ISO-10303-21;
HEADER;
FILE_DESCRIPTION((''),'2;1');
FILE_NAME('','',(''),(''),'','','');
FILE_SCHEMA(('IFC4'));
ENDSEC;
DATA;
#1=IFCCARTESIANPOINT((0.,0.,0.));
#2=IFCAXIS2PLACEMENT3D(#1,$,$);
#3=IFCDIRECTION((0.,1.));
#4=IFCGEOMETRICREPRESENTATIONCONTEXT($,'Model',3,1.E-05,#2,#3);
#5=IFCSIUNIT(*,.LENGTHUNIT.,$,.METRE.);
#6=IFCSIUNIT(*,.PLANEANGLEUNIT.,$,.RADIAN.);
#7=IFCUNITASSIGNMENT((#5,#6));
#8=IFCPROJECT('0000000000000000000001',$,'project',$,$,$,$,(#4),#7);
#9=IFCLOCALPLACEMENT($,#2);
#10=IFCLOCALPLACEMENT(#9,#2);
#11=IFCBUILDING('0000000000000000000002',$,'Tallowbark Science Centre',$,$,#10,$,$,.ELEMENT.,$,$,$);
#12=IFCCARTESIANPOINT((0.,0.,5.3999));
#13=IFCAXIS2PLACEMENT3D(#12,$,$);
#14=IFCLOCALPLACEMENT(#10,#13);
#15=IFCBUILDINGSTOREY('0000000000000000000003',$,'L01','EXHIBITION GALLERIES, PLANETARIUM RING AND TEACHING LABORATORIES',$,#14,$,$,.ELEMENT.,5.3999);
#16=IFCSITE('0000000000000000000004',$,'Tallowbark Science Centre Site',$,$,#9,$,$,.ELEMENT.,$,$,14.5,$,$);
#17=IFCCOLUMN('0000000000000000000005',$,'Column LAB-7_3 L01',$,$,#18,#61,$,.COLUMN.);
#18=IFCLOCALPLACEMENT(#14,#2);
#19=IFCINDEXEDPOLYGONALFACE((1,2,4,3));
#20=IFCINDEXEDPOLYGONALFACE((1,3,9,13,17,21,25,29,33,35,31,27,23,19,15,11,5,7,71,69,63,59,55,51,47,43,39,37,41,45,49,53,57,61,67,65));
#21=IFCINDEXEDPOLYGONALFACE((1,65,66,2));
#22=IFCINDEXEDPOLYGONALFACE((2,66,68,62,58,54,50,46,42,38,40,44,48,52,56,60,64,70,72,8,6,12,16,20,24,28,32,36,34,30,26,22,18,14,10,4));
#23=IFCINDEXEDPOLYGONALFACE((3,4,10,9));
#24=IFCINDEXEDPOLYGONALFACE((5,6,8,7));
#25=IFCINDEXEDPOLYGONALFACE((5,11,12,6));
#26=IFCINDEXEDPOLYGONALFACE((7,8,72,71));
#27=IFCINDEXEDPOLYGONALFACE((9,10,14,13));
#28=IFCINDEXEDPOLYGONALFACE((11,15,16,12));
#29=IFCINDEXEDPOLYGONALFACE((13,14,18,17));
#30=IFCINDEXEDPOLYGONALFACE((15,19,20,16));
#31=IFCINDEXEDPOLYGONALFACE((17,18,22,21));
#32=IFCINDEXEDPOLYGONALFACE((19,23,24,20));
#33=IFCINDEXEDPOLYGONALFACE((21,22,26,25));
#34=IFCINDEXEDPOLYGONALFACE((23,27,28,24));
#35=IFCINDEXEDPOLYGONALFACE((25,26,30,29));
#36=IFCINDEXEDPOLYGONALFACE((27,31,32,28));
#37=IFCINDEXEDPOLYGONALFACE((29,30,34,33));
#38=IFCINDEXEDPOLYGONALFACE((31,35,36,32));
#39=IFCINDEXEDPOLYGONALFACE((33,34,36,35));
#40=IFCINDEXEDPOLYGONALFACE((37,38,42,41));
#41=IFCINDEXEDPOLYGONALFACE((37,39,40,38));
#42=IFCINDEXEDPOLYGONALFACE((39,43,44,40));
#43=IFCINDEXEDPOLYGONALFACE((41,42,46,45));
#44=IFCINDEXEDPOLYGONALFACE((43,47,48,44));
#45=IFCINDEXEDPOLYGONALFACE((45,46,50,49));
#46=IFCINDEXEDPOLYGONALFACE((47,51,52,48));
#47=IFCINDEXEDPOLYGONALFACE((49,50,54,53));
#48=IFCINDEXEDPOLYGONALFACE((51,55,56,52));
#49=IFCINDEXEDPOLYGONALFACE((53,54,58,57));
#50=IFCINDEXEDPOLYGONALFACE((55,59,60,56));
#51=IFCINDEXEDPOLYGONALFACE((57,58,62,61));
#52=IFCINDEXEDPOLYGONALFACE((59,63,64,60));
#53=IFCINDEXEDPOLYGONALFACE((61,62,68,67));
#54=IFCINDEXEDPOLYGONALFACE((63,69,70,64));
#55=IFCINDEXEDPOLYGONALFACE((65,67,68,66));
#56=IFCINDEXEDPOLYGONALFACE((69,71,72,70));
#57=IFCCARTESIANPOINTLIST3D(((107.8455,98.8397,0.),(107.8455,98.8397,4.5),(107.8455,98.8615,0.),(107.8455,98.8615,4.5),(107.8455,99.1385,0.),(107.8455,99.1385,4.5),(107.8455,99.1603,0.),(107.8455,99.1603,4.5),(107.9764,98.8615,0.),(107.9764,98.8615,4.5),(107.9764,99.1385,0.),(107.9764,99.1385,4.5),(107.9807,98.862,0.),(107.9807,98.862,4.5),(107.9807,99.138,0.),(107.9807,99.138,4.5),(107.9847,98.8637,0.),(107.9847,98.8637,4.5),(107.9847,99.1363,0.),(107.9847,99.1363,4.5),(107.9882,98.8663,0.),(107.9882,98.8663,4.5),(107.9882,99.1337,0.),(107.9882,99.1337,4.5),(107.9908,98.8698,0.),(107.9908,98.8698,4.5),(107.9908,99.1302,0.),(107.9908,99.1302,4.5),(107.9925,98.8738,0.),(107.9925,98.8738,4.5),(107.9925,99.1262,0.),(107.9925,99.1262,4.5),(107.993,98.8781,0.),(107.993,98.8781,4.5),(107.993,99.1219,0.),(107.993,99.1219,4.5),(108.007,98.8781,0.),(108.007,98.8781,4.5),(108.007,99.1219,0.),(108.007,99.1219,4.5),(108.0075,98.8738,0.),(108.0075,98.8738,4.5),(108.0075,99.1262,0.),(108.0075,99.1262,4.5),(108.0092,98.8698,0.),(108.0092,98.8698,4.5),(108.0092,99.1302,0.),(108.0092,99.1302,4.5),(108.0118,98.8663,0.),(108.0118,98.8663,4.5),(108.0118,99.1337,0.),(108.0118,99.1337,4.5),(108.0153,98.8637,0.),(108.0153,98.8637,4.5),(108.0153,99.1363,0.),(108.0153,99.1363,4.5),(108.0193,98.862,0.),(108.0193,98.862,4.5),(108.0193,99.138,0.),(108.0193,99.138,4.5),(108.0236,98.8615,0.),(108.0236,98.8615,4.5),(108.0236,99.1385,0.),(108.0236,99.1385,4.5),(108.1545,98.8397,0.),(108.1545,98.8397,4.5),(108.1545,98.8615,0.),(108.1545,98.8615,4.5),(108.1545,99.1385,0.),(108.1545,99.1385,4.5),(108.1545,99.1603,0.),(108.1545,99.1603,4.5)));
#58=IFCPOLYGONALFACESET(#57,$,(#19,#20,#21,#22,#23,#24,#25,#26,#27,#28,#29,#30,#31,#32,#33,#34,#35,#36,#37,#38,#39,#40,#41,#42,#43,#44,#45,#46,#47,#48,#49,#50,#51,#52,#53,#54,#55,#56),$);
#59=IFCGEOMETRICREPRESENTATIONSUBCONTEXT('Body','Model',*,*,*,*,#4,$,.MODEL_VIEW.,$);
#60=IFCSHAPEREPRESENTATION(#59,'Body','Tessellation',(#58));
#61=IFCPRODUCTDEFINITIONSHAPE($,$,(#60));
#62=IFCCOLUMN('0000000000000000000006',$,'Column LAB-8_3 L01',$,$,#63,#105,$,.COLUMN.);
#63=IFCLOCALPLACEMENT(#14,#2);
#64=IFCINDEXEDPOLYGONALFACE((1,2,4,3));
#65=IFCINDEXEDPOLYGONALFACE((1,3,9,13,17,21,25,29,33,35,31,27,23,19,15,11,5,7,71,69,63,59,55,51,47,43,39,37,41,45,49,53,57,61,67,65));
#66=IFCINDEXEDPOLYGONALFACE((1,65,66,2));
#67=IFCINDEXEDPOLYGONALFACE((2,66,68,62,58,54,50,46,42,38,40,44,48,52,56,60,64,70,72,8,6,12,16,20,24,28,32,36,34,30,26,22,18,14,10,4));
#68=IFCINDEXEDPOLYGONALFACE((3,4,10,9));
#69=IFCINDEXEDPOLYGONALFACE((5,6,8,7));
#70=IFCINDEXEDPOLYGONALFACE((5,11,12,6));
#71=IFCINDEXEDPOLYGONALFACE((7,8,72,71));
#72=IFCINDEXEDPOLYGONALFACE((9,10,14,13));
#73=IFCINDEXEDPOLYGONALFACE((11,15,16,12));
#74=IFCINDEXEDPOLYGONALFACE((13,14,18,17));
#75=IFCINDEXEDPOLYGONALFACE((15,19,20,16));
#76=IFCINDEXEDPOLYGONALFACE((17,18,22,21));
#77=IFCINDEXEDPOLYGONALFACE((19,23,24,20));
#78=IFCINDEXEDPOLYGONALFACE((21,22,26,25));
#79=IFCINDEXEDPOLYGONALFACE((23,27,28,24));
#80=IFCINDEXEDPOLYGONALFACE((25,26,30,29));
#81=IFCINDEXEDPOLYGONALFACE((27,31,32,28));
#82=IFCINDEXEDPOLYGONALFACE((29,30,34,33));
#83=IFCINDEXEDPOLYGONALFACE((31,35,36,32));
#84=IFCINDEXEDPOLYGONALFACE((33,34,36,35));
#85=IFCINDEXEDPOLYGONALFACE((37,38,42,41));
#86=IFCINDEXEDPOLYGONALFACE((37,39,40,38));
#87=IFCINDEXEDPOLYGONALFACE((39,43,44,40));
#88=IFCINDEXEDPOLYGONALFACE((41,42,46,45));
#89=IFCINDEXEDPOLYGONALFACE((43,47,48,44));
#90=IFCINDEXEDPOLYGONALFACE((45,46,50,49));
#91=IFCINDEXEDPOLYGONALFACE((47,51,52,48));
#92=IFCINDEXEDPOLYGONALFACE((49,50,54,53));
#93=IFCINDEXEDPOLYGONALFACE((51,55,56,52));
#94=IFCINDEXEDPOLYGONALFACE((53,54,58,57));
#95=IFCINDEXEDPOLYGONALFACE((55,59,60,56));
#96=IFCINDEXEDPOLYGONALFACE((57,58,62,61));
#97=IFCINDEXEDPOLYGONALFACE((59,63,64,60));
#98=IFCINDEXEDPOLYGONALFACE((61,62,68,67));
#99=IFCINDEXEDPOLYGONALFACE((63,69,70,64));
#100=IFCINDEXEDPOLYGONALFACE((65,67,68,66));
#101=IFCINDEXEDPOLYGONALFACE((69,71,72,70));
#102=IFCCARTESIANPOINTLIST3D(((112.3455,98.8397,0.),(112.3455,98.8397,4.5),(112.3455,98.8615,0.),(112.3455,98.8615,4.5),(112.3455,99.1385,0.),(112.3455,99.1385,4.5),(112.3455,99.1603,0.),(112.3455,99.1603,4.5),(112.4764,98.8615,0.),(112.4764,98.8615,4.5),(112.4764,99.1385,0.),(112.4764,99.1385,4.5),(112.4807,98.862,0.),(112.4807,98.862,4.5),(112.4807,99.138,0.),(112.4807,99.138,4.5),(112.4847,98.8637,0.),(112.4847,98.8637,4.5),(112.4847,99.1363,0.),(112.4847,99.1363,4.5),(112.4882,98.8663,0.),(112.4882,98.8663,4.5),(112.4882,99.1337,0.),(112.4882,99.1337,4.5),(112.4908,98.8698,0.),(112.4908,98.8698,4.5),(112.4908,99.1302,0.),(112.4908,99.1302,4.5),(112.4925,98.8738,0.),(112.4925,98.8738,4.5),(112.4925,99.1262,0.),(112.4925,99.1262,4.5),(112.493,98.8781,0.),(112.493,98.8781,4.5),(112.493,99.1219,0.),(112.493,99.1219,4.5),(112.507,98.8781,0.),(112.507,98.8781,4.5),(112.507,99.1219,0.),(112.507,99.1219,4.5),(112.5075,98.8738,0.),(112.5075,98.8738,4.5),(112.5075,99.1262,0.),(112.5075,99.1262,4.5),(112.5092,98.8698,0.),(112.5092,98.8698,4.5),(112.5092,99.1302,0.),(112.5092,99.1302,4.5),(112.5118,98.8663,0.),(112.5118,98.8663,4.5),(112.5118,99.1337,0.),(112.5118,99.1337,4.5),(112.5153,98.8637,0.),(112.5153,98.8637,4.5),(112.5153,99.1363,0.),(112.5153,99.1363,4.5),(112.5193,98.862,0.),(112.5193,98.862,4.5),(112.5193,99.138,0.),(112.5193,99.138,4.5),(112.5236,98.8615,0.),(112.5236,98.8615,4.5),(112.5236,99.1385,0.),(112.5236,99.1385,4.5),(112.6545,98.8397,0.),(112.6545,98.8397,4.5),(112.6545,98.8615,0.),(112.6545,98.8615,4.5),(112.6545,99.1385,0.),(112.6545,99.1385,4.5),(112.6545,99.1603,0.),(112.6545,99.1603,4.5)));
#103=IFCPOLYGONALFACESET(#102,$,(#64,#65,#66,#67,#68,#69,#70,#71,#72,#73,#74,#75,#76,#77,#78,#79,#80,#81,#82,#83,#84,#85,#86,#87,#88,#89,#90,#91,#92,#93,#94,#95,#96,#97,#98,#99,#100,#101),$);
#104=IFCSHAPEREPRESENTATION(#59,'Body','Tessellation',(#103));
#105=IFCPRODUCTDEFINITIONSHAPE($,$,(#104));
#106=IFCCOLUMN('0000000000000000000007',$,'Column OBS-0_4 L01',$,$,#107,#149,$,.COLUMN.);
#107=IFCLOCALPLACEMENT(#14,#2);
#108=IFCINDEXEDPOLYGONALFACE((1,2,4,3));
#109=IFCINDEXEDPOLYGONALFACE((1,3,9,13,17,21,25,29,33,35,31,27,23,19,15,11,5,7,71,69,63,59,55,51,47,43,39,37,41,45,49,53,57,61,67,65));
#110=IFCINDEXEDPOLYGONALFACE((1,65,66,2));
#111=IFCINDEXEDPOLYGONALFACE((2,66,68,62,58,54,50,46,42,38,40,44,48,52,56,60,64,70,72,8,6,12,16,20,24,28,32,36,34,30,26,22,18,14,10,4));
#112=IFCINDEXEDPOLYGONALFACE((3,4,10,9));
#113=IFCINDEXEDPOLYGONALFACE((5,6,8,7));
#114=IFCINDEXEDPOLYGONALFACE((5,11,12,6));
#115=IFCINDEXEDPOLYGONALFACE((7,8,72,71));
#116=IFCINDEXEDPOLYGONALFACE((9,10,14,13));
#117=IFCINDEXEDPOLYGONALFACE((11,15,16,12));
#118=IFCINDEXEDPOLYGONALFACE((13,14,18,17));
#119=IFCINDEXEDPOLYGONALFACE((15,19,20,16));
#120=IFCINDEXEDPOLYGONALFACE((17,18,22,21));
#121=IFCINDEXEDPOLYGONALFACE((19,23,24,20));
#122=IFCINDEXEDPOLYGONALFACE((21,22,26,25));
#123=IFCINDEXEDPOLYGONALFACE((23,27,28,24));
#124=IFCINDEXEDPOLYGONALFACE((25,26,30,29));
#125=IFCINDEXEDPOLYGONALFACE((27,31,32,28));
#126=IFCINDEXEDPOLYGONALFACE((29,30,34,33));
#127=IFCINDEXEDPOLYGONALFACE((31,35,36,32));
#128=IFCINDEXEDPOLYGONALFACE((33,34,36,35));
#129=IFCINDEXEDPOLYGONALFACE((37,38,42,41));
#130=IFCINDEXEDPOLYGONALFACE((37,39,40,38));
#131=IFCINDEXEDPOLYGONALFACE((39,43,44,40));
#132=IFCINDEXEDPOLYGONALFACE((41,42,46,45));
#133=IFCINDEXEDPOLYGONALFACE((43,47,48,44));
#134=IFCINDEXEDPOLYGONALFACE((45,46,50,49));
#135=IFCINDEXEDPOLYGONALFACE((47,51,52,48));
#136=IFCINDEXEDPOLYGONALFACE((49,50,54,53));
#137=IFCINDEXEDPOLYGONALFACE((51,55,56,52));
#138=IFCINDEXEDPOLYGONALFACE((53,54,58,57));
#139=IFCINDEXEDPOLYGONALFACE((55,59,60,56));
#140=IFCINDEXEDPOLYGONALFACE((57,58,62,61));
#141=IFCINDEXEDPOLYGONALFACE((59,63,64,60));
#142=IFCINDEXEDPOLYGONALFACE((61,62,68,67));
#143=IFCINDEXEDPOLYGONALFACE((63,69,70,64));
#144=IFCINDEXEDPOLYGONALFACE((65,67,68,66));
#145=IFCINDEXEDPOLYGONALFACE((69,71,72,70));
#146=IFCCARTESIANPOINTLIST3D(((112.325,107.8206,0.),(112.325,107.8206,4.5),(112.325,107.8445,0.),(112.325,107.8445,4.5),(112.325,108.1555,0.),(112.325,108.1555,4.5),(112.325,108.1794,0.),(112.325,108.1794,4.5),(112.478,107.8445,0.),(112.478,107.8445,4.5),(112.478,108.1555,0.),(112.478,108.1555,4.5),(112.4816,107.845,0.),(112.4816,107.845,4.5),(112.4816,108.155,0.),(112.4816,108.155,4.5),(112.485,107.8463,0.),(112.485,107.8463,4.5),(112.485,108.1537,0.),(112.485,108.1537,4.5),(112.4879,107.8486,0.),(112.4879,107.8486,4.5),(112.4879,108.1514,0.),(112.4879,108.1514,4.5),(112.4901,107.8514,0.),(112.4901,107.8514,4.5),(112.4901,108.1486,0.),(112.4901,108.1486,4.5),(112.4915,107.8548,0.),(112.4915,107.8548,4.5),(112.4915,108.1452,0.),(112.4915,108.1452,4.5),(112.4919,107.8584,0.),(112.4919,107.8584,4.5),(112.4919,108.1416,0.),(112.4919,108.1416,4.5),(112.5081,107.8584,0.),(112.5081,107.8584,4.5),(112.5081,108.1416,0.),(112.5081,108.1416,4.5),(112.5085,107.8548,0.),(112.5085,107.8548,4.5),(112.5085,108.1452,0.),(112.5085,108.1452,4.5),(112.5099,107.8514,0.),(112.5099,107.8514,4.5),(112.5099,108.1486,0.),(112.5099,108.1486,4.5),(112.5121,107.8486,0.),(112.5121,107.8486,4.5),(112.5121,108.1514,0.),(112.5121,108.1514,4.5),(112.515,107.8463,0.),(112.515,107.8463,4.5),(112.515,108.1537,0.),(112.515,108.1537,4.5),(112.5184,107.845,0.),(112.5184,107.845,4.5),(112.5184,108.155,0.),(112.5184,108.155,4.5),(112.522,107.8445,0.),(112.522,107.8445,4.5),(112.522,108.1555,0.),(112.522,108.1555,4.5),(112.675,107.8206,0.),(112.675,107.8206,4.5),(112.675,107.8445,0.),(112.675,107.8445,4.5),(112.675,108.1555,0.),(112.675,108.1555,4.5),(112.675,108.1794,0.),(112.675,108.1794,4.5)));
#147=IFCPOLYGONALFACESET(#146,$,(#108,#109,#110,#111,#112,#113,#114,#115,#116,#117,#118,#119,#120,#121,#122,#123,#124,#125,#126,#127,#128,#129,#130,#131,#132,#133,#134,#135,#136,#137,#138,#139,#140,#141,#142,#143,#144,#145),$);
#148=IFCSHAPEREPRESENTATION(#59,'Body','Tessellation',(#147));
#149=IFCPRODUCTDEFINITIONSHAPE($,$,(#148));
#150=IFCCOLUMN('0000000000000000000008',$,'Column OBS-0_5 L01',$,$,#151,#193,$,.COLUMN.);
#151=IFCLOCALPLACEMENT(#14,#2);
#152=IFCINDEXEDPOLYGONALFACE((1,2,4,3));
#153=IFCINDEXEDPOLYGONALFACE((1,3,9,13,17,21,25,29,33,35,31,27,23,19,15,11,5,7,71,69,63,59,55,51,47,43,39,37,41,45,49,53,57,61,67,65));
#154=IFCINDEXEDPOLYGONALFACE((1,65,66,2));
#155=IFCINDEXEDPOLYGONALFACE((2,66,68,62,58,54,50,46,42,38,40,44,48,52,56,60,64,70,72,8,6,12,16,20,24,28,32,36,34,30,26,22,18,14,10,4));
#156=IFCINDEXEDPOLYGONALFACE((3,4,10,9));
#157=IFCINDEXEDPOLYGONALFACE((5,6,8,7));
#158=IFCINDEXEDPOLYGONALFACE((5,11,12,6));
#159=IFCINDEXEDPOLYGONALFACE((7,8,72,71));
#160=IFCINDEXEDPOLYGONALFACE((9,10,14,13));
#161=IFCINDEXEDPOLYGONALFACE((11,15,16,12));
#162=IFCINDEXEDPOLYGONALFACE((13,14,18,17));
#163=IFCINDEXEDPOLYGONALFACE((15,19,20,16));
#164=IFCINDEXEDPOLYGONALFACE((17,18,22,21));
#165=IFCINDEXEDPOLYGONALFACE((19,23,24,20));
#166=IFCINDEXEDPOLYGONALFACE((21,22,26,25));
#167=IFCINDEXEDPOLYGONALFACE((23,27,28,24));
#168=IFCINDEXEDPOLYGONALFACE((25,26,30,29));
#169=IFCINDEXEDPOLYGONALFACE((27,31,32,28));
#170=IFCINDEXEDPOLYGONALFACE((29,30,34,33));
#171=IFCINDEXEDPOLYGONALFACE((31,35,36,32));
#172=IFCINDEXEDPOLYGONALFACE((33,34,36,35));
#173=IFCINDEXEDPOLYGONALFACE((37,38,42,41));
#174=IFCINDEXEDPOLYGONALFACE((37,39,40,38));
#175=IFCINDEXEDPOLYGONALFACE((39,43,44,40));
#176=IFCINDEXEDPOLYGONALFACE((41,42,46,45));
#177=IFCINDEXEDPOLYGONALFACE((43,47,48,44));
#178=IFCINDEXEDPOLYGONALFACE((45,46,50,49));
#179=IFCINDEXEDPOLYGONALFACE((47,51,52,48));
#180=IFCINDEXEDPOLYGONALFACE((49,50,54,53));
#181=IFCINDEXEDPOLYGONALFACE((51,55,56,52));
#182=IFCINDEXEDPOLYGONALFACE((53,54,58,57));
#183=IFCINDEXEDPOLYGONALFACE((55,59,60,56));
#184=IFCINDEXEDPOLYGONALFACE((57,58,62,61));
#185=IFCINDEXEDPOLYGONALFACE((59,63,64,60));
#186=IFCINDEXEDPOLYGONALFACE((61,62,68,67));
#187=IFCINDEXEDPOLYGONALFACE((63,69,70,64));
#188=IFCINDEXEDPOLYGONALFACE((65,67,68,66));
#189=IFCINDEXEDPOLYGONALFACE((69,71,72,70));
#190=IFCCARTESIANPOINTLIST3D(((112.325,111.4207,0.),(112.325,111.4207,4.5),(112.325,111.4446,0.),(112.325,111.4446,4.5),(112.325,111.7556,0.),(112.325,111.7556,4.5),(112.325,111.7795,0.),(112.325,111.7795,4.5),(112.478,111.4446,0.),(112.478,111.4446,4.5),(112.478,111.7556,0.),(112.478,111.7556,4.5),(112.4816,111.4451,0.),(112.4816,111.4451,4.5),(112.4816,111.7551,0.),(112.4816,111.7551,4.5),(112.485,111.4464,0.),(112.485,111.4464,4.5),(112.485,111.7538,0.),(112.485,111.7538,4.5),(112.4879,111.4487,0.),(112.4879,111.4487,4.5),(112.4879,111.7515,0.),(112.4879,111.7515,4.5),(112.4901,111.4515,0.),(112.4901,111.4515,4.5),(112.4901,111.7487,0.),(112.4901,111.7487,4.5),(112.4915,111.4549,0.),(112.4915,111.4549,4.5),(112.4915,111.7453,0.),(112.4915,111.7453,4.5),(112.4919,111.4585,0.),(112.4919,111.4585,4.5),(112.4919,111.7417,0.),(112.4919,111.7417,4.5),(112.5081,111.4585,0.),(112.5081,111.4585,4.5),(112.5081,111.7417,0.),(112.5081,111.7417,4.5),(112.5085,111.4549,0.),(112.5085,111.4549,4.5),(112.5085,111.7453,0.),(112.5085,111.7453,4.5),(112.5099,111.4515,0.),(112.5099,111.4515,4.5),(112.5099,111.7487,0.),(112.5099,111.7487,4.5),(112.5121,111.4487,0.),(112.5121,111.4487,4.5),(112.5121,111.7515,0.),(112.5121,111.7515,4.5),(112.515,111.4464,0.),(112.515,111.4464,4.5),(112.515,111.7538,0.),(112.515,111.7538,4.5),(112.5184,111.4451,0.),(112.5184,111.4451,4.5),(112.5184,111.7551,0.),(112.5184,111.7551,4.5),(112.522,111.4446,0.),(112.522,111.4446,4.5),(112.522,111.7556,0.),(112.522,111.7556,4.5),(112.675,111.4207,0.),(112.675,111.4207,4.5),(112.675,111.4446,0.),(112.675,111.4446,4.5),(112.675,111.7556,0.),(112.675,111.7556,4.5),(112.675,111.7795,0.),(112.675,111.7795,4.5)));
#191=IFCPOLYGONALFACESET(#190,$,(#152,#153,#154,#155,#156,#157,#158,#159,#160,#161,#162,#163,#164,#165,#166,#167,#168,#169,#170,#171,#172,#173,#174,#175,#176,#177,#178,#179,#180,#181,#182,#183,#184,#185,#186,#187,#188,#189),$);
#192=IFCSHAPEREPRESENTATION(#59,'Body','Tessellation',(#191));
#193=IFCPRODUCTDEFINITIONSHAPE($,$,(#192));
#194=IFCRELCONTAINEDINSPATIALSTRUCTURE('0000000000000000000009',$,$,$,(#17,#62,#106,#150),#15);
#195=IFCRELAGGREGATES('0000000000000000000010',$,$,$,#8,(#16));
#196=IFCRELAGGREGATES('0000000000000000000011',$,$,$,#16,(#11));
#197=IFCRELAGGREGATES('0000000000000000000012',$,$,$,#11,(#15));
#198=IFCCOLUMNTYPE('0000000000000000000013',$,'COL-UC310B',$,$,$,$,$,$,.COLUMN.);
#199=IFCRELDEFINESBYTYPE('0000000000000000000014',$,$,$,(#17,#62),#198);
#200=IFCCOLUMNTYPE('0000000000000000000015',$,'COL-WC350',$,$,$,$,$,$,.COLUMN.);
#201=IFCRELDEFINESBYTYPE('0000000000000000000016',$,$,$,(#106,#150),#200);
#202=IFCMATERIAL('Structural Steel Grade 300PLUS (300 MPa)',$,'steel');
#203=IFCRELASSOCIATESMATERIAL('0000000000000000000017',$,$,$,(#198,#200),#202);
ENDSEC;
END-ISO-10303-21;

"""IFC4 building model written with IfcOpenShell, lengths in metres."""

from ifc_helpers import new_model, si_unit, direction, frame, origin, origin_2d, place, context, subcontext, project, spatial, i_section, extrude, material, material_profile, profile_set, type_object, element, save


model = new_model("IFC4")

# Units and contexts
model_context = context("Model", 3, precision=1e-05, world=origin(), true_north=direction((0.0, 1.0)))
body_context = subcontext(model_context, "Body", "Model", "MODEL_VIEW")
ifc_project = project(units=[si_unit("LENGTHUNIT", "METRE"), si_unit("PLANEANGLEUNIT", "RADIAN")], contexts=[model_context])

# Site, building, storey
site_placement = place(None, origin())
site = spatial("IfcSite", under=ifc_project, at=site_placement, Name="Tallowbark Science Centre Site", CompositionType="ELEMENT", RefElevation=14.5)
building_placement = place(site_placement, origin())
building = spatial("IfcBuilding", under=site, at=building_placement, Name="Tallowbark Science Centre", CompositionType="ELEMENT")
storey_placement = place(building_placement, frame((0.0, 0.0, 5.3999)))
storey = spatial("IfcBuildingStorey", under=building, at=storey_placement, Name="L01", Description="EXHIBITION GALLERIES, PLANETARIUM RING AND TEACHING LABORATORIES", CompositionType="ELEMENT", Elevation=5.3999)

# Columns
ifc_material_1 = material(Name="Structural Steel Grade 300PLUS (300 MPa)", Category="steel")
ifc_material_profile_1 = material_profile(ifc_material_1, i_section(OverallWidth=0.3091, OverallDepth=0.3206, WebThickness=0.0139, FlangeThickness=0.0217, FilletRadius=0.0166, at=origin_2d()), Name="310UC137")
ifc_profile_set_1 = profile_set([ifc_material_profile_1], Name="Structural Steel Grade 300PLUS (300 MPa)")
column_type_1 = type_object("IfcColumnType", Name="COL-UC310B", PredefinedType="COLUMN", material=ifc_profile_set_1)
for number, where, z_axis, x_axis, name in (
    (1, (108.0, 99.0, 0.0), (0.0, 0.0, 1.0), (1.0, 0.0, 0.0), "Column LAB-7_3 L01"),
    (2, (112.5, 99.0, 0.0), (0.0, 0.0, 1.0), (1.0, 0.0, 0.0), "Column LAB-8_3 L01"),
):
    element("IfcColumn", number, at=place(storey_placement, frame(where, z_axis=z_axis, x_axis=x_axis)), inside=storey, type_object=column_type_1, Name=name, PredefinedType="COLUMN", context=body_context, shape_type="SweptSolid", body=[
        extrude(i_section(OverallWidth=0.3091, OverallDepth=0.3206, WebThickness=0.0139, FlangeThickness=0.0217, FilletRadius=0.0166, at=origin_2d()), origin(), (0.0, 0.0, 1.0), 4.5),
    ])
ifc_material_profile_2 = material_profile(ifc_material_1, i_section(OverallWidth=0.3501, OverallDepth=0.3589, WebThickness=0.0161, FlangeThickness=0.0239, FilletRadius=0.0139, at=origin_2d()), Name="350WC197")
ifc_profile_set_2 = profile_set([ifc_material_profile_2], Name="Structural Steel Grade 300PLUS (300 MPa)")
column_type_2 = type_object("IfcColumnType", Name="COL-WC350", PredefinedType="COLUMN", material=ifc_profile_set_2)
for number, where, z_axis, x_axis, name in (
    (3, (112.5, 108.0, 0.0), (0.0, 0.0, 1.0), (1.0, 0.0, 0.0), "Column OBS-0_4 L01"),
    (4, (112.5, 111.6001, 0.0), (0.0, 0.0, 1.0), (1.0, 0.0, 0.0), "Column OBS-0_5 L01"),
):
    element("IfcColumn", number, at=place(storey_placement, frame(where, z_axis=z_axis, x_axis=x_axis)), inside=storey, type_object=column_type_2, Name=name, PredefinedType="COLUMN", context=body_context, shape_type="SweptSolid", body=[
        extrude(i_section(OverallWidth=0.3501, OverallDepth=0.3589, WebThickness=0.0161, FlangeThickness=0.0239, FilletRadius=0.0139, at=origin_2d()), origin(), (0.0, 0.0, 1.0), 4.5),
    ])

save(model, "model.ifc")
